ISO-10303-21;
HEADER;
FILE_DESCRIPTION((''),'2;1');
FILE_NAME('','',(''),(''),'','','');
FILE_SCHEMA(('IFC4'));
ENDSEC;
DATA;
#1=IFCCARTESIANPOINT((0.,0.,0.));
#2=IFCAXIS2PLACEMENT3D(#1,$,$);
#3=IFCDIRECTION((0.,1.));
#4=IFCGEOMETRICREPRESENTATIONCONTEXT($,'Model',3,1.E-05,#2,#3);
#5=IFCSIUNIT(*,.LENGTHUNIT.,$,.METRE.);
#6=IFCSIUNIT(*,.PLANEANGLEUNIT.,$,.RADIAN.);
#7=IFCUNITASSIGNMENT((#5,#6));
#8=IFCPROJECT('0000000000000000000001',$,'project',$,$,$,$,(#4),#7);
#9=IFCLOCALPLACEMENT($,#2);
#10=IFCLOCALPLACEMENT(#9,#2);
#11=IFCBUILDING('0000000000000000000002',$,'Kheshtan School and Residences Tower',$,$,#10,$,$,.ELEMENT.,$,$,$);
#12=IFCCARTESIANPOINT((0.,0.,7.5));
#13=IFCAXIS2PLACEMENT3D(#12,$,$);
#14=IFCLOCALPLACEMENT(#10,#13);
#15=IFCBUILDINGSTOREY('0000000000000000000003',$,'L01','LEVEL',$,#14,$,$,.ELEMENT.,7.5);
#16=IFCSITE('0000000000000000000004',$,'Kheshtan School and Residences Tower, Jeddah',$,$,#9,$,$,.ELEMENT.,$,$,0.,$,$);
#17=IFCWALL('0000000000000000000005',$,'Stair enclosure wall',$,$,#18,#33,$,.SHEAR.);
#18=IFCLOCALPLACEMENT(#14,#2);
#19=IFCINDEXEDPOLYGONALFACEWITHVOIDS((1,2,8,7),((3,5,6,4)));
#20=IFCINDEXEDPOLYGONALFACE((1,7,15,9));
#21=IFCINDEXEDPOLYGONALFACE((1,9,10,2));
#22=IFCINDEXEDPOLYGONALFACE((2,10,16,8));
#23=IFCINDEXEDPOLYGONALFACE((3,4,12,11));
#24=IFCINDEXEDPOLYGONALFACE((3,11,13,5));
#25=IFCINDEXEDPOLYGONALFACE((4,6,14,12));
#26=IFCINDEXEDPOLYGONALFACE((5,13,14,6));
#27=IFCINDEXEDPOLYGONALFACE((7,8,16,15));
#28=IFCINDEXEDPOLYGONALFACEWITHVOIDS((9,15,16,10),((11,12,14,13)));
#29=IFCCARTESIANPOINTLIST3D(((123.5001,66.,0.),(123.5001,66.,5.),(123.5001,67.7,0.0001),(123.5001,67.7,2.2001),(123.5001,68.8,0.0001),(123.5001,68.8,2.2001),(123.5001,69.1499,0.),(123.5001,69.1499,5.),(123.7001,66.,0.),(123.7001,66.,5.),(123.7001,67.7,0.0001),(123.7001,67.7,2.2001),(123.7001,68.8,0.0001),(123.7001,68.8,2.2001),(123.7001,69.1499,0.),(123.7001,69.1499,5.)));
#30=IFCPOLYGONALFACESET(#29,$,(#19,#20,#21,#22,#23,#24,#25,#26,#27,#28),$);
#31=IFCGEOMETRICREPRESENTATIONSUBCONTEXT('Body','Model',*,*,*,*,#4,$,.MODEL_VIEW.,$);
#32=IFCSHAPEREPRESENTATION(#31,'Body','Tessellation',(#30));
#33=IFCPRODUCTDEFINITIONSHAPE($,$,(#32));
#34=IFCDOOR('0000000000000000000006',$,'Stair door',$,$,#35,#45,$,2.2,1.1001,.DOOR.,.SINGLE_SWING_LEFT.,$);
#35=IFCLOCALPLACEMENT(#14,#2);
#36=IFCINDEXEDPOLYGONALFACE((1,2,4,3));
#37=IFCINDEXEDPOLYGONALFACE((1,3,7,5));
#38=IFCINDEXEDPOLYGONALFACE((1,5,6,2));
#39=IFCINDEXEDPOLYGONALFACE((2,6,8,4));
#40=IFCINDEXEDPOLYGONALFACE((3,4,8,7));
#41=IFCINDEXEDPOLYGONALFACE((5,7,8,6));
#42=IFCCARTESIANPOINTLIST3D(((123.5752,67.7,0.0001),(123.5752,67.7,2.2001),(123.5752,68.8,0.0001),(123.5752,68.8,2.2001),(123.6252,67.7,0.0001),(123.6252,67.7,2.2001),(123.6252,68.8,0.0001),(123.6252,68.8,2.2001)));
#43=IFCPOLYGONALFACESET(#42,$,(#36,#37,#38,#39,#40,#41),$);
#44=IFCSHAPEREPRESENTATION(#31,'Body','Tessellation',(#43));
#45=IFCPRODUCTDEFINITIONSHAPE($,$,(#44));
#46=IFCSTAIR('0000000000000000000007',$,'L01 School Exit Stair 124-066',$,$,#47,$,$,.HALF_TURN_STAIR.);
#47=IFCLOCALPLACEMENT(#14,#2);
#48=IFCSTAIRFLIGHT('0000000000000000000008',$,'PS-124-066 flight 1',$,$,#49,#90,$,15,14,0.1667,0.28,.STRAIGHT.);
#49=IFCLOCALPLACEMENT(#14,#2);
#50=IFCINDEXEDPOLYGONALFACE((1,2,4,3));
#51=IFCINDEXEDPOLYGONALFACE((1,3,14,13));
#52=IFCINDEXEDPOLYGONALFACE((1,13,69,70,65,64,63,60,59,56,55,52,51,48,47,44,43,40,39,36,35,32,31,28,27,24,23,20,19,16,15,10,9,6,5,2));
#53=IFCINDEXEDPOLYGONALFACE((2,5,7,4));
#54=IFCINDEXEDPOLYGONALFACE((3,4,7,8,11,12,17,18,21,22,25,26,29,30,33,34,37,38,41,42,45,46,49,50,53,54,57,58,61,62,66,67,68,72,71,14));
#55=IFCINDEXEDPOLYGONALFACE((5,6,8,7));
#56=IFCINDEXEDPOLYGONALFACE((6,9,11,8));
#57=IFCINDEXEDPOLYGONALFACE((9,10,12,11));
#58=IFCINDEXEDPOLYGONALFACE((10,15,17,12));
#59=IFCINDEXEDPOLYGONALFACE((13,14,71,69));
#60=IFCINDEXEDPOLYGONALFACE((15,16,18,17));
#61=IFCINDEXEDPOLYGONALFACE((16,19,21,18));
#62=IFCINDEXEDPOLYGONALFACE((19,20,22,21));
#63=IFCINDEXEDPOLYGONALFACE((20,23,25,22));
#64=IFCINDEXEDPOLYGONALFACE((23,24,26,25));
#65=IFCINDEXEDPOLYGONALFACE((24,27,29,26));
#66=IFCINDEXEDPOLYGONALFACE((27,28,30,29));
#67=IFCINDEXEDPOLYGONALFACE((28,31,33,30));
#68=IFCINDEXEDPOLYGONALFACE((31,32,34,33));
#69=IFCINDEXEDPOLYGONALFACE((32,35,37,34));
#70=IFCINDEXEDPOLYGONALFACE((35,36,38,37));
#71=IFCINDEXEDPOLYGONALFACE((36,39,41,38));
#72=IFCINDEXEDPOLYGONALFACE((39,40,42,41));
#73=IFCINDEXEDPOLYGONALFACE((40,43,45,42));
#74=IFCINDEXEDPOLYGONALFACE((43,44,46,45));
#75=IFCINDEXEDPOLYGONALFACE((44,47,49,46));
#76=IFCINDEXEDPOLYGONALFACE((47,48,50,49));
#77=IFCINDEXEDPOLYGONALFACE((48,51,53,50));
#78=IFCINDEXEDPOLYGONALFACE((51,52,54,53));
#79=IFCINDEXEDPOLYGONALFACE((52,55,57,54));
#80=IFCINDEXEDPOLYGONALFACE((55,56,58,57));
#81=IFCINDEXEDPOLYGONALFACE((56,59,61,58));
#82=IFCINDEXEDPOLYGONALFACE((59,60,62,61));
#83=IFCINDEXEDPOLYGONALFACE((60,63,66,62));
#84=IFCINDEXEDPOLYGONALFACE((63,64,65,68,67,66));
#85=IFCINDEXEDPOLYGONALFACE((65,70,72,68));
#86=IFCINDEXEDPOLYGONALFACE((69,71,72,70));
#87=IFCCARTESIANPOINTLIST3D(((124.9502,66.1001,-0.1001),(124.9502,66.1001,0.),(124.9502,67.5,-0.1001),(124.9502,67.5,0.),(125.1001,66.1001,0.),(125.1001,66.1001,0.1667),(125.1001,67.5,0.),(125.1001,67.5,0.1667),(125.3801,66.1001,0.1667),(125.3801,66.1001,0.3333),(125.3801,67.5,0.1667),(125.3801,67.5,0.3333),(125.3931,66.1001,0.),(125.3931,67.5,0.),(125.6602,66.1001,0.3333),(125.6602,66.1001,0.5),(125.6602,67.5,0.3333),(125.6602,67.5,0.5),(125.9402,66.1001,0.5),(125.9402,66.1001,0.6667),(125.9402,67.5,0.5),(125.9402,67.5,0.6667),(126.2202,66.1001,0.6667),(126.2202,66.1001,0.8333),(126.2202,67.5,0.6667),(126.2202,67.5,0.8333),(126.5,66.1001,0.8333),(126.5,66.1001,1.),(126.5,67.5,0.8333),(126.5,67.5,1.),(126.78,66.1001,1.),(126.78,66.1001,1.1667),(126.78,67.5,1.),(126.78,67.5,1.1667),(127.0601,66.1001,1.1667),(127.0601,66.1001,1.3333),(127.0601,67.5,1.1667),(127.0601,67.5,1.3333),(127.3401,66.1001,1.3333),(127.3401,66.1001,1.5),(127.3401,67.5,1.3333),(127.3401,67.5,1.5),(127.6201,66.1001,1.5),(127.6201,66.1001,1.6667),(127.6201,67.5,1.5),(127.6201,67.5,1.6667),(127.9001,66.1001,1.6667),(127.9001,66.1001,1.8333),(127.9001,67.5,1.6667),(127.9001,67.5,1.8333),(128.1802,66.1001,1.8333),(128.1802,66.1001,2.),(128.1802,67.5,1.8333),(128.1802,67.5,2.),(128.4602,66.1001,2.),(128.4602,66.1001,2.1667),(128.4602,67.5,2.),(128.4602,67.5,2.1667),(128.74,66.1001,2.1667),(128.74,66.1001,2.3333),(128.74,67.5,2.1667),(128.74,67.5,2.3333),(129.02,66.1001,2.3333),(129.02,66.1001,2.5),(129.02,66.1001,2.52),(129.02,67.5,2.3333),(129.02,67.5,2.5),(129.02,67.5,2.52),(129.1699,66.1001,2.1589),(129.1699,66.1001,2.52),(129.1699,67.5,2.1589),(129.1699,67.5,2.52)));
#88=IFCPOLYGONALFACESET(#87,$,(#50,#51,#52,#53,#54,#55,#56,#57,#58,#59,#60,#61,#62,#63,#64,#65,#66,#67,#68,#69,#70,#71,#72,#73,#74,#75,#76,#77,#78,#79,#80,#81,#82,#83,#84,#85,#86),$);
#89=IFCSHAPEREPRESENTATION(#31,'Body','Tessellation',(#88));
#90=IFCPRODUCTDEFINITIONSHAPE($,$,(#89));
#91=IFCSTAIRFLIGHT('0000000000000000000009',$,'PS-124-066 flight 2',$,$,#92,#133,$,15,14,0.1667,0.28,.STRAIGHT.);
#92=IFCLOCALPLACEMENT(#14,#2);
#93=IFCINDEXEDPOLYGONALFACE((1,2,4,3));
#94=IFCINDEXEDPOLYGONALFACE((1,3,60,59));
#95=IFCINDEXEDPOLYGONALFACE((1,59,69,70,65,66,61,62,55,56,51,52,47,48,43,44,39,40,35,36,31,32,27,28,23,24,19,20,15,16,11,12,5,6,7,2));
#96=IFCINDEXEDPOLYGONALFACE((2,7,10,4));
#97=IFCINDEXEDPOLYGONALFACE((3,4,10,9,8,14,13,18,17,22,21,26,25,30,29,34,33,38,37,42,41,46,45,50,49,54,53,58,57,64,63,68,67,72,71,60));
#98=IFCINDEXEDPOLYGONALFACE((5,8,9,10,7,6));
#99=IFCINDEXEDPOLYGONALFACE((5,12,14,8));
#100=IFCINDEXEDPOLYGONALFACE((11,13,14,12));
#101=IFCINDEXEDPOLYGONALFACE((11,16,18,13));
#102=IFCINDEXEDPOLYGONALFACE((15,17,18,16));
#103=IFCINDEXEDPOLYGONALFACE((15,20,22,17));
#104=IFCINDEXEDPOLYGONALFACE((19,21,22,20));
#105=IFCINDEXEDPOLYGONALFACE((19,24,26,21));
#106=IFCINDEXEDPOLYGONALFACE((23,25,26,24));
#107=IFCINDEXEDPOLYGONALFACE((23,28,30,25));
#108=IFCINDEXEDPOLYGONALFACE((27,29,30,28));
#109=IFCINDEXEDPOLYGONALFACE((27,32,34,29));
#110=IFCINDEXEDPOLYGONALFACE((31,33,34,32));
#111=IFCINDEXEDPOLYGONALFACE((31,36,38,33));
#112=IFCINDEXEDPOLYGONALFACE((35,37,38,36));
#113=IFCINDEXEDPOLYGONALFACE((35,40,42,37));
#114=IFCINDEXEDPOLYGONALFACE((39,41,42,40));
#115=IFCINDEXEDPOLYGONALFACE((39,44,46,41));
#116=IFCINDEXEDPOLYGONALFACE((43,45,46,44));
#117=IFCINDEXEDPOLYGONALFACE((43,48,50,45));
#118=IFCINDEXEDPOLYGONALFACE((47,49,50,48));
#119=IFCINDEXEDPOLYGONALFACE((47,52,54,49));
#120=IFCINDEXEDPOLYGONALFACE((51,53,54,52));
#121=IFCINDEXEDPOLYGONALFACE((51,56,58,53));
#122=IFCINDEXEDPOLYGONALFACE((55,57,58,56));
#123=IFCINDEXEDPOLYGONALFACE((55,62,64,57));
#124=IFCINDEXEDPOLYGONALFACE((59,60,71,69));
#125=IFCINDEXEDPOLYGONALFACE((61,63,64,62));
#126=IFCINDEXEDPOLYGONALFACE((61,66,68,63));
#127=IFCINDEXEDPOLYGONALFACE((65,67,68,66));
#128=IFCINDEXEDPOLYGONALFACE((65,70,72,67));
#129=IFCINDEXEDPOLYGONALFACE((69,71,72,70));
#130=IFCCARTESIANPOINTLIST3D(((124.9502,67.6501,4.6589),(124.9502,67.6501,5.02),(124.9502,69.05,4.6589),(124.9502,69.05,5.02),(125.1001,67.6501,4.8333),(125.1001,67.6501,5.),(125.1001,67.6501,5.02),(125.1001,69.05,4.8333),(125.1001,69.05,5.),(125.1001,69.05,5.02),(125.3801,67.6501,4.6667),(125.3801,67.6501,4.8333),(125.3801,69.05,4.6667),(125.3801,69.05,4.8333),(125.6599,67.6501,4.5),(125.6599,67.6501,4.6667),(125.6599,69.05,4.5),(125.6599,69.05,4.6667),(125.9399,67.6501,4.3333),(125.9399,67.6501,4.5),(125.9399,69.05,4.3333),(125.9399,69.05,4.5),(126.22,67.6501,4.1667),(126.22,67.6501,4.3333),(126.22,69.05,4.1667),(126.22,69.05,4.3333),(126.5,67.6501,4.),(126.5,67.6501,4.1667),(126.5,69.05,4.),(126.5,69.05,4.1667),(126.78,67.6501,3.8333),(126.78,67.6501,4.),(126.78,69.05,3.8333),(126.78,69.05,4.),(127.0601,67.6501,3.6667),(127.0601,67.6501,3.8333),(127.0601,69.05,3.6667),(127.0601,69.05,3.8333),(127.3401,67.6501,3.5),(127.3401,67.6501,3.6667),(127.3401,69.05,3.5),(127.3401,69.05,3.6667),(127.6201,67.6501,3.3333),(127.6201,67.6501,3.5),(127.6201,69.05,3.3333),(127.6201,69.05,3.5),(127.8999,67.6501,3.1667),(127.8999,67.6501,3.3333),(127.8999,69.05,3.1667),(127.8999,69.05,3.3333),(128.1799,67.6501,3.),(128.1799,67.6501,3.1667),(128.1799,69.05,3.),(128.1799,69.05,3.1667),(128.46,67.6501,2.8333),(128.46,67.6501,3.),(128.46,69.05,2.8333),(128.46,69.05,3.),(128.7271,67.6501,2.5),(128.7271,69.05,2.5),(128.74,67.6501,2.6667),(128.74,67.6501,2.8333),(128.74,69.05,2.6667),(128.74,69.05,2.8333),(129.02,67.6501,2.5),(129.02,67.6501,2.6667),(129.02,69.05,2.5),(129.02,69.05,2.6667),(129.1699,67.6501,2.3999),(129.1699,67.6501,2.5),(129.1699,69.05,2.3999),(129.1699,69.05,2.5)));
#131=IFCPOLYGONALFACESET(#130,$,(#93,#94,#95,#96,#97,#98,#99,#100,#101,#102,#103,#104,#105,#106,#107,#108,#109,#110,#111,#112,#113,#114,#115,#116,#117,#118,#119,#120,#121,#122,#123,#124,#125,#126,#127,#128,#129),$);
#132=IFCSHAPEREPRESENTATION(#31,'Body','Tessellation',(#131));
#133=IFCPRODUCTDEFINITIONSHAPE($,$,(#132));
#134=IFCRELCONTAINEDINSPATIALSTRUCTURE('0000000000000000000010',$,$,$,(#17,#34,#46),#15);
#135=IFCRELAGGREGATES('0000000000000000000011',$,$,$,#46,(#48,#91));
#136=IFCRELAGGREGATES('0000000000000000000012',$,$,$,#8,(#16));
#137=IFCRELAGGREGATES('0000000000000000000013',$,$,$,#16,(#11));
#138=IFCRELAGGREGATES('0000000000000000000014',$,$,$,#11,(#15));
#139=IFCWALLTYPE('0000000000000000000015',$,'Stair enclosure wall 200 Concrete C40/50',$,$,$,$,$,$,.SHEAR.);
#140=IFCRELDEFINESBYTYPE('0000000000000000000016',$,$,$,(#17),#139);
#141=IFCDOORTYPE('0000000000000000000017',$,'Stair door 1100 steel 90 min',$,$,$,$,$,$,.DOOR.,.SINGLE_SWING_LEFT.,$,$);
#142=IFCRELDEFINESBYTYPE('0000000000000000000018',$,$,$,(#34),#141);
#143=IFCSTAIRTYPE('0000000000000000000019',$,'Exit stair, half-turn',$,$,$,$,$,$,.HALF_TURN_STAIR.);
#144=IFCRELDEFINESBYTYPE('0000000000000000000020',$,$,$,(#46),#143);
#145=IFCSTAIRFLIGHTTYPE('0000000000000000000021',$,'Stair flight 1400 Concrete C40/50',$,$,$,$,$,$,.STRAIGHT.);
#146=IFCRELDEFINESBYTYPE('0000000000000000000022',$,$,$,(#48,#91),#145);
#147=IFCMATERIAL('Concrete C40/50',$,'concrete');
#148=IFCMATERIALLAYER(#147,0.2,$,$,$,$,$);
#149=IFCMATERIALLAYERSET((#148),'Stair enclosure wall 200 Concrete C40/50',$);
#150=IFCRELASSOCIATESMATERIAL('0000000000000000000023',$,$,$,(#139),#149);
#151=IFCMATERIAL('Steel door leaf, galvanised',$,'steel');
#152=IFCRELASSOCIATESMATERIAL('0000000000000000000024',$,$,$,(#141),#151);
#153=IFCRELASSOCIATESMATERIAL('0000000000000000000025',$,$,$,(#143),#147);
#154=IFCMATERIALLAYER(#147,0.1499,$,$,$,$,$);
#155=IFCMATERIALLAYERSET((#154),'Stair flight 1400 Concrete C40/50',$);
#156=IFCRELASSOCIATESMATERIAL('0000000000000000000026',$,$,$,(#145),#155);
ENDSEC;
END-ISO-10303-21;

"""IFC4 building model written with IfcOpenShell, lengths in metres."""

from ifc_helpers import new_model, si_unit, direction, frame, frame_2d, origin, place, context, subcontext, project, spatial, polyline, rectangle, outline, extrude, source, transform, mapped, material, layer, layer_set, type_object, element, fill, aggregate, save


model = new_model("IFC4")

# Units and contexts
model_context = context("Model", 3, precision=1e-05, world=origin(), true_north=direction((0.0, 1.0)))
body_context = subcontext(model_context, "Body", "Model", "MODEL_VIEW")
ifc_project = project(units=[si_unit("LENGTHUNIT", "METRE"), si_unit("PLANEANGLEUNIT", "RADIAN")], contexts=[model_context])

# Site, building, storey
site_placement = place(None, origin())
site = spatial("IfcSite", under=ifc_project, at=site_placement, Name="Kheshtan School and Residences Tower, Jeddah", CompositionType="ELEMENT", RefElevation=0.0)
building_placement = place(site_placement, origin())
building = spatial("IfcBuilding", under=site, at=building_placement, Name="Kheshtan School and Residences Tower", CompositionType="ELEMENT")
storey_placement = place(building_placement, frame((0.0, 0.0, 7.5)))
storey = spatial("IfcBuildingStorey", under=building, at=storey_placement, Name="L01", Description="LEVEL", CompositionType="ELEMENT", Elevation=7.5)

# Shared definitions
ifc_material_1 = material(Name="Concrete C40/50", Category="concrete")
ifc_layer_1 = layer(ifc_material_1, 0.2)
ifc_layer_set_1 = layer_set([ifc_layer_1], Name="Stair enclosure wall 200 Concrete C40/50")
wall_type_1 = type_object("IfcWallType", Name="Stair enclosure wall 200 Concrete C40/50", PredefinedType="SHEAR", material=ifc_layer_set_1)

# Wall, opening, door
wall_1_placement = place(storey_placement, frame((123.6001, 66.0, 0.0), z_axis=(0.0, 0.0, 1.0), x_axis=(0.0, 1.0, 0.0)))
wall_1 = element("IfcWall", 1, at=wall_1_placement, inside=storey, type_object=wall_type_1, Name="Stair enclosure wall", PredefinedType="SHEAR", context=body_context, shape_type="SweptSolid", body=[
    extrude(rectangle(XDim=3.1499, YDim=0.2, at=frame_2d((1.575, 0.0))), origin(), (0.0, 0.0, 1.0), 5.0),
])
opening_1_placement = place(wall_1_placement, frame((1.7, 0.0, 0.0)))
opening_1 = element("IfcOpeningElement", 2, at=opening_1_placement, cuts=wall_1, PredefinedType="OPENING", context=body_context, shape_type="SweptSolid", body=[
    extrude(rectangle(XDim=1.1001, YDim=2.2, at=frame_2d((0.55, 1.1001))), frame((0.0, 0.1099, 0.0), z_axis=(0.0, -1.0, 0.0), x_axis=(1.0, 0.0, 0.0)), (0.0, 0.0, 1.0), 0.22),
])
ifc_material_2 = material(Name="Steel door leaf, galvanised", Category="steel")
door_type_1 = type_object("IfcDoorType", Name="Stair door 1100 steel 90 min", OperationType="SINGLE_SWING_LEFT", PredefinedType="DOOR", material=ifc_material_2)
shared_shape_1 = source(origin(), body_context, "Body", "SweptSolid", [
    extrude(rectangle(XDim=1.1001, YDim=2.2, at=frame_2d((0.55, 1.1001))), frame((0.0, 0.0249, 0.0), z_axis=(0.0, -1.0, 0.0), x_axis=(1.0, 0.0, 0.0)), (0.0, 0.0, 1.0), 0.05),
])
door_1_placement = place(opening_1_placement, origin())
door_1 = element("IfcDoor", 3, at=door_1_placement, inside=storey, type_object=door_type_1, Name="Stair door", OperationType="SINGLE_SWING_LEFT", OverallHeight=2.2, OverallWidth=1.1001, PredefinedType="DOOR", context=body_context, shape_type="MappedRepresentation", body=[
    mapped(shared_shape_1, transform((0.0, 0.0, 0.0), x_axis=(1.0, 0.0, 0.0), y_axis=(0.0, 1.0, 0.0), z_axis=(0.0, 0.0, 1.0), scale=1.0)),
])
fill(opening_1, door_1)

# Stair, stair flights
stair_type = type_object("IfcStairType", Name="Exit stair, half-turn", PredefinedType="HALF_TURN_STAIR", material=ifc_material_1)
stair_placement = place(storey_placement, origin())
stair = element("IfcStair", 4, at=stair_placement, inside=storey, type_object=stair_type, Name="L01 School Exit Stair 124-066", PredefinedType="HALF_TURN_STAIR")
ifc_layer_2 = layer(ifc_material_1, 0.1499)
ifc_layer_set_2 = layer_set([ifc_layer_2], Name="Stair flight 1400 Concrete C40/50")
stair_flight_type = type_object("IfcStairFlightType", Name="Stair flight 1400 Concrete C40/50", PredefinedType="STRAIGHT", material=ifc_layer_set_2)
stair_flight_1_placement = place(storey_placement, frame((125.1001, 66.8, 0.0), z_axis=(0.0, 0.0, 1.0), x_axis=(1.0, 0.0, 0.0)))
stair_flight_1 = element("IfcStairFlight", 5, at=stair_flight_1_placement, type_object=stair_flight_type, Name="PS-124-066 flight 1", NumberOfRisers=15, NumberOfTreads=14, PredefinedType="STRAIGHT", RiserHeight=0.1667, TreadLength=0.28, context=body_context, shape_type="SweptSolid", body=[
    extrude(outline(polyline([(-0.1499, -0.1001), (-0.1499, 0.0), (0.0, 0.0), (0.0, 0.1667), (0.28, 0.1667), (0.28, 0.3333), (0.5601, 0.3333), (0.5601, 0.5), (0.8401, 0.5), (0.8401, 0.6667), (1.1201, 0.6667), (1.1201, 0.8333), (1.3999, 0.8333), (1.3999, 1.0), (1.6799, 1.0), (1.6799, 1.1667), (1.96, 1.1667), (1.96, 1.3333), (2.24, 1.3333), (2.24, 1.5), (2.52, 1.5), (2.52, 1.6667), (2.8, 1.6667), (2.8, 1.8333), (3.0801, 1.8333), (3.0801, 2.0), (3.3601, 2.0), (3.3601, 2.1667), (3.6399, 2.1667), (3.6399, 2.3333), (3.9199, 2.3333), (3.9199, 2.5), (3.9199, 2.52), (4.0698, 2.52), (4.0698, 2.1589), (0.293, 0.0), (-0.1499, -0.1001)])), frame((0.0, 0.7, 0.0), z_axis=(0.0, -1.0, 0.0), x_axis=(1.0, 0.0, 0.0)), (0.0, 0.0, 1.0), 1.3999),
])
stair_flight_2_placement = place(storey_placement, frame((129.02, 68.3501, 2.5), z_axis=(0.0, 0.0, 1.0), x_axis=(-1.0, 0.0, 0.0)))
stair_flight_2 = element("IfcStairFlight", 6, at=stair_flight_2_placement, type_object=stair_flight_type, Name="PS-124-066 flight 2", NumberOfRisers=15, NumberOfTreads=14, PredefinedType="STRAIGHT", RiserHeight=0.1667, TreadLength=0.28, context=body_context, shape_type="SweptSolid", body=[
    extrude(outline(polyline([(-0.1499, -0.1001), (-0.1499, 0.0), (0.0, 0.0), (0.0, 0.1667), (0.28, 0.1667), (0.28, 0.3333), (0.5601, 0.3333), (0.5601, 0.5), (0.8401, 0.5), (0.8401, 0.6667), (1.1201, 0.6667), (1.1201, 0.8333), (1.3999, 0.8333), (1.3999, 1.0), (1.6799, 1.0), (1.6799, 1.1667), (1.96, 1.1667), (1.96, 1.3333), (2.24, 1.3333), (2.24, 1.5), (2.52, 1.5), (2.52, 1.6667), (2.8, 1.6667), (2.8, 1.8333), (3.0801, 1.8333), (3.0801, 2.0), (3.3601, 2.0), (3.3601, 2.1667), (3.6399, 2.1667), (3.6399, 2.3333), (3.9199, 2.3333), (3.9199, 2.5), (3.9199, 2.52), (4.0698, 2.52), (4.0698, 2.1589), (0.293, 0.0), (-0.1499, -0.1001)])), frame((0.0, 0.7, 0.0), z_axis=(0.0, -1.0, 0.0), x_axis=(1.0, 0.0, 0.0)), (0.0, 0.0, 1.0), 1.3999),
])
aggregate(stair, [stair_flight_1, stair_flight_2])

save(model, "model.ifc")
